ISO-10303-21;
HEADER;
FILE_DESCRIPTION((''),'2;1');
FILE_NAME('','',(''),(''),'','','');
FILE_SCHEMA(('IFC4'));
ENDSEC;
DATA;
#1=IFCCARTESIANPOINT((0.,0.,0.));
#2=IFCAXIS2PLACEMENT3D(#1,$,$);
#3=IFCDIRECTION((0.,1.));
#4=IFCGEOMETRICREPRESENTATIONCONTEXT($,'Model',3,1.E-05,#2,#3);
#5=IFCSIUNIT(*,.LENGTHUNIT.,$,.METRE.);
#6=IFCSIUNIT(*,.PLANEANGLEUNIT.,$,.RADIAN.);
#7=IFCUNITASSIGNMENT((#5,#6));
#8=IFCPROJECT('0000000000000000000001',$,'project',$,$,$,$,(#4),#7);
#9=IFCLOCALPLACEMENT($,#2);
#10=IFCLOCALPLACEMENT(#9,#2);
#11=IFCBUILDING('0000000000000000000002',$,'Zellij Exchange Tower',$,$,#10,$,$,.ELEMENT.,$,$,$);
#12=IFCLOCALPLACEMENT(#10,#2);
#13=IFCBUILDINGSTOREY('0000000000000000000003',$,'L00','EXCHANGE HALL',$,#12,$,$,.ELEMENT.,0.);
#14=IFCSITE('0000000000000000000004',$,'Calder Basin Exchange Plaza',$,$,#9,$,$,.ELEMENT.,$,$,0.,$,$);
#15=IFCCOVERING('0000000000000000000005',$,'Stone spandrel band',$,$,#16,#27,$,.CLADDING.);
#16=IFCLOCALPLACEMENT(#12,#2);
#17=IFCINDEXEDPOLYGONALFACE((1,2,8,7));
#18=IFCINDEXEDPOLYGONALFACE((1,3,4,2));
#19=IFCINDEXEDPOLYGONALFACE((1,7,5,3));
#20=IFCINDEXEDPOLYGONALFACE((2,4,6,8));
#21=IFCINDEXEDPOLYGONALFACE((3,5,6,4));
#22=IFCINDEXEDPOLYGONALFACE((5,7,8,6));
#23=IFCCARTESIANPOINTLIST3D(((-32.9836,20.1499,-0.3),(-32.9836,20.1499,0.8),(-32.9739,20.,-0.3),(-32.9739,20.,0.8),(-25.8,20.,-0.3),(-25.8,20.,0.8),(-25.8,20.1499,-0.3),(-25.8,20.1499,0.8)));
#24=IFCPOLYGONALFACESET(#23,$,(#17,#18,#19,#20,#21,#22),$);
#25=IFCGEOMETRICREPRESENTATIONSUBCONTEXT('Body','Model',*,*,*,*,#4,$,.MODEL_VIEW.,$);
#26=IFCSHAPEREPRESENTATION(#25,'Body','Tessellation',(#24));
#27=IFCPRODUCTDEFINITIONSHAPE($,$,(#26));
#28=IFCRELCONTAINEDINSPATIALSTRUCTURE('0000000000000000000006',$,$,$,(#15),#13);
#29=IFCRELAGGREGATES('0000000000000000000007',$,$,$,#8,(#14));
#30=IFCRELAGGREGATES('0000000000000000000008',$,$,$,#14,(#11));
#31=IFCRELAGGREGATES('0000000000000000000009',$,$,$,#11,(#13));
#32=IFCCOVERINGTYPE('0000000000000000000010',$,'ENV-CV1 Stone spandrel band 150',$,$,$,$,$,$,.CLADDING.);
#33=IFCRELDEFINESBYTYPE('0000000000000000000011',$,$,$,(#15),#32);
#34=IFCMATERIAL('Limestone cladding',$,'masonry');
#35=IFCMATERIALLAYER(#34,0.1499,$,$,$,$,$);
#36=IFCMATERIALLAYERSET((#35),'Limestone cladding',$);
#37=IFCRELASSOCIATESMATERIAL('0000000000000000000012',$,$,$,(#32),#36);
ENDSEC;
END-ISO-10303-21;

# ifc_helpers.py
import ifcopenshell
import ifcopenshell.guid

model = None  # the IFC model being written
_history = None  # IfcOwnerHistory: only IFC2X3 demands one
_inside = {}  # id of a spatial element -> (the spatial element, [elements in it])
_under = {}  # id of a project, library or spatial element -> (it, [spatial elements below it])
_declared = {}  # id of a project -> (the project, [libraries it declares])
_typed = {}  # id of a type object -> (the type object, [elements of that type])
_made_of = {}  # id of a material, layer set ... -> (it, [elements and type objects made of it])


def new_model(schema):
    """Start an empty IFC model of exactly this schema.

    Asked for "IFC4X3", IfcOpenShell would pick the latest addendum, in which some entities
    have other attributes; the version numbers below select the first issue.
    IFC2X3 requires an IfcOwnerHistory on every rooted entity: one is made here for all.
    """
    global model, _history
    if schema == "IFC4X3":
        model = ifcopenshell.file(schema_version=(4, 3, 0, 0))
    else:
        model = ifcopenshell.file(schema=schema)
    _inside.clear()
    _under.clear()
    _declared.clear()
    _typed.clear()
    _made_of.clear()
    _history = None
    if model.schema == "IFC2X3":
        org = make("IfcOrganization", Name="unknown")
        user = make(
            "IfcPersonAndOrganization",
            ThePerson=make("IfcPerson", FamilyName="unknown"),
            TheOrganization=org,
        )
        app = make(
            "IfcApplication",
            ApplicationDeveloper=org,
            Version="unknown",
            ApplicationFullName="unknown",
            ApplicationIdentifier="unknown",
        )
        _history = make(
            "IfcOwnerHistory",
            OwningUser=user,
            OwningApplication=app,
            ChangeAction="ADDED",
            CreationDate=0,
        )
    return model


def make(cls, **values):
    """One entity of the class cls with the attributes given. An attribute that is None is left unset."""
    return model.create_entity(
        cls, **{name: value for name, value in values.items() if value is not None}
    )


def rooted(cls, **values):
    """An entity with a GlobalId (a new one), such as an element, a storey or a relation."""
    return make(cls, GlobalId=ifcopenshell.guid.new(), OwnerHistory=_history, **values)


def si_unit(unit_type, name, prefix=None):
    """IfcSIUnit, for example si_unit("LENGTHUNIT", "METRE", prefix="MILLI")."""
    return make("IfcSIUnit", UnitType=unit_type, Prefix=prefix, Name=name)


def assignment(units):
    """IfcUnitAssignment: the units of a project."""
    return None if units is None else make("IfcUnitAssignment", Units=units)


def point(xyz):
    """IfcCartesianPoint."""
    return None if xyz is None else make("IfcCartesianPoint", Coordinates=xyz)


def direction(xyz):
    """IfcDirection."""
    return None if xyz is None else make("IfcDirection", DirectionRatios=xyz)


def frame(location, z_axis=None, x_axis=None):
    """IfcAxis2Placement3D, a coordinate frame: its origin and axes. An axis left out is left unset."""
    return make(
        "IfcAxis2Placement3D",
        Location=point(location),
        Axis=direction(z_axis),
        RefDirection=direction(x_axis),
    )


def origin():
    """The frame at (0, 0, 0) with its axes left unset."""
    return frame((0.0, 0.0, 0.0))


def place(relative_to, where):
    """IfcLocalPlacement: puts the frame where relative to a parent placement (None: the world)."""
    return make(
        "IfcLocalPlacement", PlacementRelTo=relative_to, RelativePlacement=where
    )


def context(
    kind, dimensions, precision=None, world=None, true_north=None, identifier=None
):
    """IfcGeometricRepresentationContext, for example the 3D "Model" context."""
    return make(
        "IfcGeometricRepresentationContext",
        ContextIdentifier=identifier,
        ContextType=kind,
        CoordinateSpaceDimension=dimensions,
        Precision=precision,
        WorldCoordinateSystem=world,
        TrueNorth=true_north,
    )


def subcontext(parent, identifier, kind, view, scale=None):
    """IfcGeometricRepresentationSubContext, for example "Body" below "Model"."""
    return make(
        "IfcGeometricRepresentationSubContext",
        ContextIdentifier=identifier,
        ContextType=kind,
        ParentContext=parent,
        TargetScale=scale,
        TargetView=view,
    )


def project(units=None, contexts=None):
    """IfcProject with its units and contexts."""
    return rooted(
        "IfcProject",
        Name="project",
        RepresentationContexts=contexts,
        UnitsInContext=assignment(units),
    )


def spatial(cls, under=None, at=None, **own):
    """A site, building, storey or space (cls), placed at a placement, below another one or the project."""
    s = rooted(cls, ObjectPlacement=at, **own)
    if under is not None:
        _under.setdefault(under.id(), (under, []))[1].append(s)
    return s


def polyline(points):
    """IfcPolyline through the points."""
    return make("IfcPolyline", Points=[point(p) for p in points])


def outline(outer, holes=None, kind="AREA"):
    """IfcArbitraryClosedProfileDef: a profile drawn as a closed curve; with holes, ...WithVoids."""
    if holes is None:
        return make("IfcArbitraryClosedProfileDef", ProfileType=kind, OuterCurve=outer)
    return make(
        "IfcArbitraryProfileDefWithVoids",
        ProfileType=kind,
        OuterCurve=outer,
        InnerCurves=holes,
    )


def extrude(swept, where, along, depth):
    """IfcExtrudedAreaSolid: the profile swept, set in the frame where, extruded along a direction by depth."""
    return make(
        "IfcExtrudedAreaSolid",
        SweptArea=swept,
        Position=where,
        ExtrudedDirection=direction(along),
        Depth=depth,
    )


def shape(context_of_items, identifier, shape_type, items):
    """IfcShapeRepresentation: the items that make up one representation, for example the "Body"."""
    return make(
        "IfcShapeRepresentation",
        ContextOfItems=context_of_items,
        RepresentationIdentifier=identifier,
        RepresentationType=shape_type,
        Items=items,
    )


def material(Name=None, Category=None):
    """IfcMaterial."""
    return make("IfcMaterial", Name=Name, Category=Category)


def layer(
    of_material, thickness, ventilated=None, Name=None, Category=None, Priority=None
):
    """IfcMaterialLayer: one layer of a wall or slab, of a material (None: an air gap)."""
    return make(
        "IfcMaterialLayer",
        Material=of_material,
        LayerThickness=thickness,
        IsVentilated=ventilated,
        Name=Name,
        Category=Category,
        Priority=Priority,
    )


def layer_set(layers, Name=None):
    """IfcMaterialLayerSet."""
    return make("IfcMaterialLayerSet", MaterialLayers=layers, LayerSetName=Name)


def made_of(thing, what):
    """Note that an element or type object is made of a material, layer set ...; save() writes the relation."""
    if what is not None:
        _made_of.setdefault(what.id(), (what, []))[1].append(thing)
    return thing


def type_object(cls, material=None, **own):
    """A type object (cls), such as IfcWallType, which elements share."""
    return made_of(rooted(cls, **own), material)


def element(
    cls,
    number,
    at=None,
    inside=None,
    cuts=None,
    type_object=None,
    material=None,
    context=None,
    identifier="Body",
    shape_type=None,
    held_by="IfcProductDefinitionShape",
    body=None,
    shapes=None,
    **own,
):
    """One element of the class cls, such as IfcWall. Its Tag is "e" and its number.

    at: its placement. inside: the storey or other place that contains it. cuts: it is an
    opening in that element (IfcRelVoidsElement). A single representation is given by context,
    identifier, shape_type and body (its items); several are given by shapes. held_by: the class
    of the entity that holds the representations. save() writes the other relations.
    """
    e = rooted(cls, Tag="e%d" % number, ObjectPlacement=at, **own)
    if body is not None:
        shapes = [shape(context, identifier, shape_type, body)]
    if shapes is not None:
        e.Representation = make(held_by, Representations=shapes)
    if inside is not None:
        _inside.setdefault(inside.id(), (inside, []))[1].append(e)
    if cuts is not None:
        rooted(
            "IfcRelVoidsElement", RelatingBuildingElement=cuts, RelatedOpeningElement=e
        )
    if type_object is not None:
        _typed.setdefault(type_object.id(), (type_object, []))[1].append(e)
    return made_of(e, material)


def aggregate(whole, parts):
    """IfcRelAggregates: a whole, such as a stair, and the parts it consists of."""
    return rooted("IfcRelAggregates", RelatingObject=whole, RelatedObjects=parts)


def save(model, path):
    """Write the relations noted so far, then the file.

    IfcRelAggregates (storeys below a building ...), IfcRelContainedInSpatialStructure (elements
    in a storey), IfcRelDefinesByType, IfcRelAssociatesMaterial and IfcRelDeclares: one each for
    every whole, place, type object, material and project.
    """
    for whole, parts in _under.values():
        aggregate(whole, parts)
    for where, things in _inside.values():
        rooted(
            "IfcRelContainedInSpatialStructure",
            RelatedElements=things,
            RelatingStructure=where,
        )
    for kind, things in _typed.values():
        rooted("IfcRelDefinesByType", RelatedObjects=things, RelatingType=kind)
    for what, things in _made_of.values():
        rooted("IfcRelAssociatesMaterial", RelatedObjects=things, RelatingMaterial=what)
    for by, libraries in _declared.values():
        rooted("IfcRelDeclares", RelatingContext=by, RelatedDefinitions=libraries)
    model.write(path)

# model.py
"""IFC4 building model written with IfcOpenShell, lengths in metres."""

from ifc_helpers import new_model, si_unit, direction, frame, origin, place, context, subcontext, project, spatial, polyline, outline, extrude, material, layer, layer_set, type_object, element, save


model = new_model("IFC4")

# Units and contexts
model_context = context("Model", 3, precision=1e-05, world=origin(), true_north=direction((0.0, 1.0)))
body_context = subcontext(model_context, "Body", "Model", "MODEL_VIEW")
ifc_project = project(units=[si_unit("LENGTHUNIT", "METRE"), si_unit("PLANEANGLEUNIT", "RADIAN")], contexts=[model_context])

# Site, building, storey
site_placement = place(None, origin())
site = spatial("IfcSite", under=ifc_project, at=site_placement, Name="Calder Basin Exchange Plaza", CompositionType="ELEMENT", RefElevation=0.0)
building_placement = place(site_placement, origin())
building = spatial("IfcBuilding", under=site, at=building_placement, Name="Zellij Exchange Tower", CompositionType="ELEMENT")
storey_placement = place(building_placement, origin())
storey = spatial("IfcBuildingStorey", under=building, at=storey_placement, Name="L00", Description="EXCHANGE HALL", CompositionType="ELEMENT", Elevation=0.0)

# Covering
ifc_material_1 = material(Name="Limestone cladding", Category="masonry")
ifc_layer_1 = layer(ifc_material_1, 0.1499)
ifc_layer_set_1 = layer_set([ifc_layer_1], Name="Limestone cladding")
covering_type = type_object("IfcCoveringType", Name="ENV-CV1 Stone spandrel band 150", PredefinedType="CLADDING", material=ifc_layer_set_1)
covering_1_placement = place(storey_placement, frame((0.0, 0.0, -0.3)))
element("IfcCovering", 1, at=covering_1_placement, inside=storey, type_object=covering_type, Name="Stone spandrel band", PredefinedType="CLADDING", context=body_context, shape_type="SweptSolid", body=[
    extrude(outline(polyline([(-25.8, 20.0), (-32.9739, 20.0), (-32.9836, 20.1499), (-25.8, 20.1499), (-25.8, 20.0)])), origin(), (0.0, 0.0, 1.0), 1.1001),
])

save(model, "model.ifc")
